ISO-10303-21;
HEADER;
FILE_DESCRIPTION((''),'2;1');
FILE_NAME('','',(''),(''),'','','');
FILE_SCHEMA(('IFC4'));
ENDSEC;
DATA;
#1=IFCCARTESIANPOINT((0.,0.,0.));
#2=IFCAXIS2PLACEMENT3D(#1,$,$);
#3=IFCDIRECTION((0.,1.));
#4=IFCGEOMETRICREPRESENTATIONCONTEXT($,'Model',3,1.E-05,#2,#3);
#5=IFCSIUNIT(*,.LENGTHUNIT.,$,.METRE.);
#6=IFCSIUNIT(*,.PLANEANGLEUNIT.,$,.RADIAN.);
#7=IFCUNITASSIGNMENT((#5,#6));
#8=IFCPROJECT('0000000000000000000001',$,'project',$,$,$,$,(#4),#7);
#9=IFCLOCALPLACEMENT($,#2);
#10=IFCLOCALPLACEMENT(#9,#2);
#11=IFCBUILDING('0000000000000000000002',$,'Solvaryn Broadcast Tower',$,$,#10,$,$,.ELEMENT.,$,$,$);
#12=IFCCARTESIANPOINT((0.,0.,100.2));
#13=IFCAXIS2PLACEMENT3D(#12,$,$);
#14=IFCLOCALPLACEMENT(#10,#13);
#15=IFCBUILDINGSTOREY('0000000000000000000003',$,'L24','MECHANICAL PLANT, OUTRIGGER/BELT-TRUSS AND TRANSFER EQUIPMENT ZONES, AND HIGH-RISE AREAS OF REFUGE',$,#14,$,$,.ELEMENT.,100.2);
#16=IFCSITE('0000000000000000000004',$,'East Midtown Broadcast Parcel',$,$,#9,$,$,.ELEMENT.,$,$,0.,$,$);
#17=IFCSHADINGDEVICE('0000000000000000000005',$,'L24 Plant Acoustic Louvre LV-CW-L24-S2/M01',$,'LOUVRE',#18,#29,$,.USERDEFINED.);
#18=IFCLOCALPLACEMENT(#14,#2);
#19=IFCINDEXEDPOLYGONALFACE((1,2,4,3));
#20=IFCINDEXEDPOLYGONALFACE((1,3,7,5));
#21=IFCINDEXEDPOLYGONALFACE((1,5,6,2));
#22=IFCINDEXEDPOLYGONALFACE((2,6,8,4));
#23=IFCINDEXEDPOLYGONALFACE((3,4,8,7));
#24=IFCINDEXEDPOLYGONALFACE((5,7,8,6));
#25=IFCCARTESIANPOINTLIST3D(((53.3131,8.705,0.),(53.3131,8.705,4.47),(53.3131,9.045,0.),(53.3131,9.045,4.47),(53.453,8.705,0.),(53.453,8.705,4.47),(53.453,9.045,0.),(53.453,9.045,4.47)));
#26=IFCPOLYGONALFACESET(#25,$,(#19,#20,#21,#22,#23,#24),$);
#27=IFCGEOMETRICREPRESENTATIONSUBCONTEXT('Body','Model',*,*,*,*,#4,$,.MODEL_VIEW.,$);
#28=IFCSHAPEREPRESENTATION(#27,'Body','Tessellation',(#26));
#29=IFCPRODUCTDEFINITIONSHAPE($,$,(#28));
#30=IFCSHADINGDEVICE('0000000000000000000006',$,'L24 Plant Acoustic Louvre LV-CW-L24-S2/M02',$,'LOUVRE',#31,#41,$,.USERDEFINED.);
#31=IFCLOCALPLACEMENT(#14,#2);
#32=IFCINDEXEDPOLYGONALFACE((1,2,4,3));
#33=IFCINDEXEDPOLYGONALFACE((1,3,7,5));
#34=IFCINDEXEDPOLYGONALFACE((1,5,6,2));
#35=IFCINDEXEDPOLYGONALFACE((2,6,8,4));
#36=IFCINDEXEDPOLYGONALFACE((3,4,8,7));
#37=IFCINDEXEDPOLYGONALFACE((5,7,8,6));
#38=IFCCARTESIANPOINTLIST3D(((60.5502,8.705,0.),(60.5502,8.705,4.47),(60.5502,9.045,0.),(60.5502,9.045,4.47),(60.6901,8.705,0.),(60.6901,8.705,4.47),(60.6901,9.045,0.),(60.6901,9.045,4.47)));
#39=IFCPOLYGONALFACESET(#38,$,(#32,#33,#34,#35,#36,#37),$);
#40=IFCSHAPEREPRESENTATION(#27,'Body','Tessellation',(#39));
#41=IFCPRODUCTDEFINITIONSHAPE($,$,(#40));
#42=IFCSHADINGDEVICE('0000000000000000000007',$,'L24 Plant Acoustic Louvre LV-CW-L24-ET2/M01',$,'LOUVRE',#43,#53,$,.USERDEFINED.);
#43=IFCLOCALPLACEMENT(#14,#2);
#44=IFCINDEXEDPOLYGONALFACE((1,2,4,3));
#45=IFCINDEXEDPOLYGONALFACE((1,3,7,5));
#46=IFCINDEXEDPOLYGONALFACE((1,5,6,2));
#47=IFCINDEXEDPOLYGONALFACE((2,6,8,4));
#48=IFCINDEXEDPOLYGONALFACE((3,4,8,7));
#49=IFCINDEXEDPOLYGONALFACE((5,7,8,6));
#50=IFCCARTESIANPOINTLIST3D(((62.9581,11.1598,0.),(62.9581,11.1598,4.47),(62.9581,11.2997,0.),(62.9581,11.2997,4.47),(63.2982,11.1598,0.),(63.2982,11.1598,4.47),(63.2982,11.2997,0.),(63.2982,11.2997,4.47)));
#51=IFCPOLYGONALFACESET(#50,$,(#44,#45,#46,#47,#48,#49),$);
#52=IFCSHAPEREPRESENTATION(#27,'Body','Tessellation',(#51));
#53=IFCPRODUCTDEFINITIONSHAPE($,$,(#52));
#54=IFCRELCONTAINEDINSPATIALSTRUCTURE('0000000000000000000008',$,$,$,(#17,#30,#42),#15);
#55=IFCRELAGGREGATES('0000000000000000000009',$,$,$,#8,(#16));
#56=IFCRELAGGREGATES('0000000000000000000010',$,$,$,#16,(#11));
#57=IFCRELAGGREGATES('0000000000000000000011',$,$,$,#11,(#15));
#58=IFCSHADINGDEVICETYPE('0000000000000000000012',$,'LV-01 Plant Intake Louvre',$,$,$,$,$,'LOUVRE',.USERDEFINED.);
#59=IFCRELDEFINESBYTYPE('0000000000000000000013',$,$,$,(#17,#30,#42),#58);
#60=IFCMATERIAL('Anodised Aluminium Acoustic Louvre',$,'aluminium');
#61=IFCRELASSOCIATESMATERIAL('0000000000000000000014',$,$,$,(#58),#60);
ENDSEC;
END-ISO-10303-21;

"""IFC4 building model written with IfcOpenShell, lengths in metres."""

from ifc_helpers import new_model, si_unit, direction, frame, origin, origin_2d, place, context, subcontext, project, spatial, rectangle, extrude, material, type_object, element, save


model = new_model("IFC4")

# Units and contexts
model_context = context("Model", 3, precision=1e-05, world=origin(), true_north=direction((0.0, 1.0)))
body_context = subcontext(model_context, "Body", "Model", "MODEL_VIEW")
ifc_project = project(units=[si_unit("LENGTHUNIT", "METRE"), si_unit("PLANEANGLEUNIT", "RADIAN")], contexts=[model_context])

# Site, building, storey
site_placement = place(None, origin())
site = spatial("IfcSite", under=ifc_project, at=site_placement, Name="East Midtown Broadcast Parcel", CompositionType="ELEMENT", RefElevation=0.0)
building_placement = place(site_placement, origin())
building = spatial("IfcBuilding", under=site, at=building_placement, Name="Solvaryn Broadcast Tower", CompositionType="ELEMENT")
storey_placement = place(building_placement, frame((0.0, 0.0, 100.2)))
storey = spatial("IfcBuildingStorey", under=building, at=storey_placement, Name="L24", Description="MECHANICAL PLANT, OUTRIGGER/BELT-TRUSS AND TRANSFER EQUIPMENT ZONES, AND HIGH-RISE AREAS OF REFUGE", CompositionType="ELEMENT", Elevation=100.2)

# Shading devices
ifc_material_1 = material(Name="Anodised Aluminium Acoustic Louvre", Category="aluminium")
shading_device_type = type_object("IfcShadingDeviceType", Name="LV-01 Plant Intake Louvre", ElementType="LOUVRE", PredefinedType="USERDEFINED", material=ifc_material_1)
for number, where, z_axis, x_axis, name in (
    (1, (53.3831, 8.875, 0.0), (0.0, 0.0, 1.0), (1.0, 0.0, 0.0), "L24 Plant Acoustic Louvre LV-CW-L24-S2/M01"),
    (2, (60.6201, 8.875, 0.0), (0.0, 0.0, 1.0), (1.0, 0.0, 0.0), "L24 Plant Acoustic Louvre LV-CW-L24-S2/M02"),
):
    element("IfcShadingDevice", number, at=place(storey_placement, frame(where, z_axis=z_axis, x_axis=x_axis)), inside=storey, type_object=shading_device_type, Name=name, ObjectType="LOUVRE", PredefinedType="USERDEFINED", context=body_context, shape_type="SweptSolid", body=[
        extrude(rectangle(XDim=0.1399, YDim=0.3401, at=origin_2d()), origin(), (0.0, 0.0, 1.0), 4.47),
    ])
shading_device_placement = place(storey_placement, frame((63.1282, 11.2297, 0.0), z_axis=(0.0, 0.0, 1.0), x_axis=(1.0, 0.0, 0.0)))
element("IfcShadingDevice", 3, at=shading_device_placement, inside=storey, type_object=shading_device_type, Name="L24 Plant Acoustic Louvre LV-CW-L24-ET2/M01", ObjectType="LOUVRE", PredefinedType="USERDEFINED", context=body_context, shape_type="SweptSolid", body=[
    extrude(rectangle(XDim=0.3401, YDim=0.1399, at=origin_2d()), origin(), (0.0, 0.0, 1.0), 4.47),
])

save(model, "model.ifc")
